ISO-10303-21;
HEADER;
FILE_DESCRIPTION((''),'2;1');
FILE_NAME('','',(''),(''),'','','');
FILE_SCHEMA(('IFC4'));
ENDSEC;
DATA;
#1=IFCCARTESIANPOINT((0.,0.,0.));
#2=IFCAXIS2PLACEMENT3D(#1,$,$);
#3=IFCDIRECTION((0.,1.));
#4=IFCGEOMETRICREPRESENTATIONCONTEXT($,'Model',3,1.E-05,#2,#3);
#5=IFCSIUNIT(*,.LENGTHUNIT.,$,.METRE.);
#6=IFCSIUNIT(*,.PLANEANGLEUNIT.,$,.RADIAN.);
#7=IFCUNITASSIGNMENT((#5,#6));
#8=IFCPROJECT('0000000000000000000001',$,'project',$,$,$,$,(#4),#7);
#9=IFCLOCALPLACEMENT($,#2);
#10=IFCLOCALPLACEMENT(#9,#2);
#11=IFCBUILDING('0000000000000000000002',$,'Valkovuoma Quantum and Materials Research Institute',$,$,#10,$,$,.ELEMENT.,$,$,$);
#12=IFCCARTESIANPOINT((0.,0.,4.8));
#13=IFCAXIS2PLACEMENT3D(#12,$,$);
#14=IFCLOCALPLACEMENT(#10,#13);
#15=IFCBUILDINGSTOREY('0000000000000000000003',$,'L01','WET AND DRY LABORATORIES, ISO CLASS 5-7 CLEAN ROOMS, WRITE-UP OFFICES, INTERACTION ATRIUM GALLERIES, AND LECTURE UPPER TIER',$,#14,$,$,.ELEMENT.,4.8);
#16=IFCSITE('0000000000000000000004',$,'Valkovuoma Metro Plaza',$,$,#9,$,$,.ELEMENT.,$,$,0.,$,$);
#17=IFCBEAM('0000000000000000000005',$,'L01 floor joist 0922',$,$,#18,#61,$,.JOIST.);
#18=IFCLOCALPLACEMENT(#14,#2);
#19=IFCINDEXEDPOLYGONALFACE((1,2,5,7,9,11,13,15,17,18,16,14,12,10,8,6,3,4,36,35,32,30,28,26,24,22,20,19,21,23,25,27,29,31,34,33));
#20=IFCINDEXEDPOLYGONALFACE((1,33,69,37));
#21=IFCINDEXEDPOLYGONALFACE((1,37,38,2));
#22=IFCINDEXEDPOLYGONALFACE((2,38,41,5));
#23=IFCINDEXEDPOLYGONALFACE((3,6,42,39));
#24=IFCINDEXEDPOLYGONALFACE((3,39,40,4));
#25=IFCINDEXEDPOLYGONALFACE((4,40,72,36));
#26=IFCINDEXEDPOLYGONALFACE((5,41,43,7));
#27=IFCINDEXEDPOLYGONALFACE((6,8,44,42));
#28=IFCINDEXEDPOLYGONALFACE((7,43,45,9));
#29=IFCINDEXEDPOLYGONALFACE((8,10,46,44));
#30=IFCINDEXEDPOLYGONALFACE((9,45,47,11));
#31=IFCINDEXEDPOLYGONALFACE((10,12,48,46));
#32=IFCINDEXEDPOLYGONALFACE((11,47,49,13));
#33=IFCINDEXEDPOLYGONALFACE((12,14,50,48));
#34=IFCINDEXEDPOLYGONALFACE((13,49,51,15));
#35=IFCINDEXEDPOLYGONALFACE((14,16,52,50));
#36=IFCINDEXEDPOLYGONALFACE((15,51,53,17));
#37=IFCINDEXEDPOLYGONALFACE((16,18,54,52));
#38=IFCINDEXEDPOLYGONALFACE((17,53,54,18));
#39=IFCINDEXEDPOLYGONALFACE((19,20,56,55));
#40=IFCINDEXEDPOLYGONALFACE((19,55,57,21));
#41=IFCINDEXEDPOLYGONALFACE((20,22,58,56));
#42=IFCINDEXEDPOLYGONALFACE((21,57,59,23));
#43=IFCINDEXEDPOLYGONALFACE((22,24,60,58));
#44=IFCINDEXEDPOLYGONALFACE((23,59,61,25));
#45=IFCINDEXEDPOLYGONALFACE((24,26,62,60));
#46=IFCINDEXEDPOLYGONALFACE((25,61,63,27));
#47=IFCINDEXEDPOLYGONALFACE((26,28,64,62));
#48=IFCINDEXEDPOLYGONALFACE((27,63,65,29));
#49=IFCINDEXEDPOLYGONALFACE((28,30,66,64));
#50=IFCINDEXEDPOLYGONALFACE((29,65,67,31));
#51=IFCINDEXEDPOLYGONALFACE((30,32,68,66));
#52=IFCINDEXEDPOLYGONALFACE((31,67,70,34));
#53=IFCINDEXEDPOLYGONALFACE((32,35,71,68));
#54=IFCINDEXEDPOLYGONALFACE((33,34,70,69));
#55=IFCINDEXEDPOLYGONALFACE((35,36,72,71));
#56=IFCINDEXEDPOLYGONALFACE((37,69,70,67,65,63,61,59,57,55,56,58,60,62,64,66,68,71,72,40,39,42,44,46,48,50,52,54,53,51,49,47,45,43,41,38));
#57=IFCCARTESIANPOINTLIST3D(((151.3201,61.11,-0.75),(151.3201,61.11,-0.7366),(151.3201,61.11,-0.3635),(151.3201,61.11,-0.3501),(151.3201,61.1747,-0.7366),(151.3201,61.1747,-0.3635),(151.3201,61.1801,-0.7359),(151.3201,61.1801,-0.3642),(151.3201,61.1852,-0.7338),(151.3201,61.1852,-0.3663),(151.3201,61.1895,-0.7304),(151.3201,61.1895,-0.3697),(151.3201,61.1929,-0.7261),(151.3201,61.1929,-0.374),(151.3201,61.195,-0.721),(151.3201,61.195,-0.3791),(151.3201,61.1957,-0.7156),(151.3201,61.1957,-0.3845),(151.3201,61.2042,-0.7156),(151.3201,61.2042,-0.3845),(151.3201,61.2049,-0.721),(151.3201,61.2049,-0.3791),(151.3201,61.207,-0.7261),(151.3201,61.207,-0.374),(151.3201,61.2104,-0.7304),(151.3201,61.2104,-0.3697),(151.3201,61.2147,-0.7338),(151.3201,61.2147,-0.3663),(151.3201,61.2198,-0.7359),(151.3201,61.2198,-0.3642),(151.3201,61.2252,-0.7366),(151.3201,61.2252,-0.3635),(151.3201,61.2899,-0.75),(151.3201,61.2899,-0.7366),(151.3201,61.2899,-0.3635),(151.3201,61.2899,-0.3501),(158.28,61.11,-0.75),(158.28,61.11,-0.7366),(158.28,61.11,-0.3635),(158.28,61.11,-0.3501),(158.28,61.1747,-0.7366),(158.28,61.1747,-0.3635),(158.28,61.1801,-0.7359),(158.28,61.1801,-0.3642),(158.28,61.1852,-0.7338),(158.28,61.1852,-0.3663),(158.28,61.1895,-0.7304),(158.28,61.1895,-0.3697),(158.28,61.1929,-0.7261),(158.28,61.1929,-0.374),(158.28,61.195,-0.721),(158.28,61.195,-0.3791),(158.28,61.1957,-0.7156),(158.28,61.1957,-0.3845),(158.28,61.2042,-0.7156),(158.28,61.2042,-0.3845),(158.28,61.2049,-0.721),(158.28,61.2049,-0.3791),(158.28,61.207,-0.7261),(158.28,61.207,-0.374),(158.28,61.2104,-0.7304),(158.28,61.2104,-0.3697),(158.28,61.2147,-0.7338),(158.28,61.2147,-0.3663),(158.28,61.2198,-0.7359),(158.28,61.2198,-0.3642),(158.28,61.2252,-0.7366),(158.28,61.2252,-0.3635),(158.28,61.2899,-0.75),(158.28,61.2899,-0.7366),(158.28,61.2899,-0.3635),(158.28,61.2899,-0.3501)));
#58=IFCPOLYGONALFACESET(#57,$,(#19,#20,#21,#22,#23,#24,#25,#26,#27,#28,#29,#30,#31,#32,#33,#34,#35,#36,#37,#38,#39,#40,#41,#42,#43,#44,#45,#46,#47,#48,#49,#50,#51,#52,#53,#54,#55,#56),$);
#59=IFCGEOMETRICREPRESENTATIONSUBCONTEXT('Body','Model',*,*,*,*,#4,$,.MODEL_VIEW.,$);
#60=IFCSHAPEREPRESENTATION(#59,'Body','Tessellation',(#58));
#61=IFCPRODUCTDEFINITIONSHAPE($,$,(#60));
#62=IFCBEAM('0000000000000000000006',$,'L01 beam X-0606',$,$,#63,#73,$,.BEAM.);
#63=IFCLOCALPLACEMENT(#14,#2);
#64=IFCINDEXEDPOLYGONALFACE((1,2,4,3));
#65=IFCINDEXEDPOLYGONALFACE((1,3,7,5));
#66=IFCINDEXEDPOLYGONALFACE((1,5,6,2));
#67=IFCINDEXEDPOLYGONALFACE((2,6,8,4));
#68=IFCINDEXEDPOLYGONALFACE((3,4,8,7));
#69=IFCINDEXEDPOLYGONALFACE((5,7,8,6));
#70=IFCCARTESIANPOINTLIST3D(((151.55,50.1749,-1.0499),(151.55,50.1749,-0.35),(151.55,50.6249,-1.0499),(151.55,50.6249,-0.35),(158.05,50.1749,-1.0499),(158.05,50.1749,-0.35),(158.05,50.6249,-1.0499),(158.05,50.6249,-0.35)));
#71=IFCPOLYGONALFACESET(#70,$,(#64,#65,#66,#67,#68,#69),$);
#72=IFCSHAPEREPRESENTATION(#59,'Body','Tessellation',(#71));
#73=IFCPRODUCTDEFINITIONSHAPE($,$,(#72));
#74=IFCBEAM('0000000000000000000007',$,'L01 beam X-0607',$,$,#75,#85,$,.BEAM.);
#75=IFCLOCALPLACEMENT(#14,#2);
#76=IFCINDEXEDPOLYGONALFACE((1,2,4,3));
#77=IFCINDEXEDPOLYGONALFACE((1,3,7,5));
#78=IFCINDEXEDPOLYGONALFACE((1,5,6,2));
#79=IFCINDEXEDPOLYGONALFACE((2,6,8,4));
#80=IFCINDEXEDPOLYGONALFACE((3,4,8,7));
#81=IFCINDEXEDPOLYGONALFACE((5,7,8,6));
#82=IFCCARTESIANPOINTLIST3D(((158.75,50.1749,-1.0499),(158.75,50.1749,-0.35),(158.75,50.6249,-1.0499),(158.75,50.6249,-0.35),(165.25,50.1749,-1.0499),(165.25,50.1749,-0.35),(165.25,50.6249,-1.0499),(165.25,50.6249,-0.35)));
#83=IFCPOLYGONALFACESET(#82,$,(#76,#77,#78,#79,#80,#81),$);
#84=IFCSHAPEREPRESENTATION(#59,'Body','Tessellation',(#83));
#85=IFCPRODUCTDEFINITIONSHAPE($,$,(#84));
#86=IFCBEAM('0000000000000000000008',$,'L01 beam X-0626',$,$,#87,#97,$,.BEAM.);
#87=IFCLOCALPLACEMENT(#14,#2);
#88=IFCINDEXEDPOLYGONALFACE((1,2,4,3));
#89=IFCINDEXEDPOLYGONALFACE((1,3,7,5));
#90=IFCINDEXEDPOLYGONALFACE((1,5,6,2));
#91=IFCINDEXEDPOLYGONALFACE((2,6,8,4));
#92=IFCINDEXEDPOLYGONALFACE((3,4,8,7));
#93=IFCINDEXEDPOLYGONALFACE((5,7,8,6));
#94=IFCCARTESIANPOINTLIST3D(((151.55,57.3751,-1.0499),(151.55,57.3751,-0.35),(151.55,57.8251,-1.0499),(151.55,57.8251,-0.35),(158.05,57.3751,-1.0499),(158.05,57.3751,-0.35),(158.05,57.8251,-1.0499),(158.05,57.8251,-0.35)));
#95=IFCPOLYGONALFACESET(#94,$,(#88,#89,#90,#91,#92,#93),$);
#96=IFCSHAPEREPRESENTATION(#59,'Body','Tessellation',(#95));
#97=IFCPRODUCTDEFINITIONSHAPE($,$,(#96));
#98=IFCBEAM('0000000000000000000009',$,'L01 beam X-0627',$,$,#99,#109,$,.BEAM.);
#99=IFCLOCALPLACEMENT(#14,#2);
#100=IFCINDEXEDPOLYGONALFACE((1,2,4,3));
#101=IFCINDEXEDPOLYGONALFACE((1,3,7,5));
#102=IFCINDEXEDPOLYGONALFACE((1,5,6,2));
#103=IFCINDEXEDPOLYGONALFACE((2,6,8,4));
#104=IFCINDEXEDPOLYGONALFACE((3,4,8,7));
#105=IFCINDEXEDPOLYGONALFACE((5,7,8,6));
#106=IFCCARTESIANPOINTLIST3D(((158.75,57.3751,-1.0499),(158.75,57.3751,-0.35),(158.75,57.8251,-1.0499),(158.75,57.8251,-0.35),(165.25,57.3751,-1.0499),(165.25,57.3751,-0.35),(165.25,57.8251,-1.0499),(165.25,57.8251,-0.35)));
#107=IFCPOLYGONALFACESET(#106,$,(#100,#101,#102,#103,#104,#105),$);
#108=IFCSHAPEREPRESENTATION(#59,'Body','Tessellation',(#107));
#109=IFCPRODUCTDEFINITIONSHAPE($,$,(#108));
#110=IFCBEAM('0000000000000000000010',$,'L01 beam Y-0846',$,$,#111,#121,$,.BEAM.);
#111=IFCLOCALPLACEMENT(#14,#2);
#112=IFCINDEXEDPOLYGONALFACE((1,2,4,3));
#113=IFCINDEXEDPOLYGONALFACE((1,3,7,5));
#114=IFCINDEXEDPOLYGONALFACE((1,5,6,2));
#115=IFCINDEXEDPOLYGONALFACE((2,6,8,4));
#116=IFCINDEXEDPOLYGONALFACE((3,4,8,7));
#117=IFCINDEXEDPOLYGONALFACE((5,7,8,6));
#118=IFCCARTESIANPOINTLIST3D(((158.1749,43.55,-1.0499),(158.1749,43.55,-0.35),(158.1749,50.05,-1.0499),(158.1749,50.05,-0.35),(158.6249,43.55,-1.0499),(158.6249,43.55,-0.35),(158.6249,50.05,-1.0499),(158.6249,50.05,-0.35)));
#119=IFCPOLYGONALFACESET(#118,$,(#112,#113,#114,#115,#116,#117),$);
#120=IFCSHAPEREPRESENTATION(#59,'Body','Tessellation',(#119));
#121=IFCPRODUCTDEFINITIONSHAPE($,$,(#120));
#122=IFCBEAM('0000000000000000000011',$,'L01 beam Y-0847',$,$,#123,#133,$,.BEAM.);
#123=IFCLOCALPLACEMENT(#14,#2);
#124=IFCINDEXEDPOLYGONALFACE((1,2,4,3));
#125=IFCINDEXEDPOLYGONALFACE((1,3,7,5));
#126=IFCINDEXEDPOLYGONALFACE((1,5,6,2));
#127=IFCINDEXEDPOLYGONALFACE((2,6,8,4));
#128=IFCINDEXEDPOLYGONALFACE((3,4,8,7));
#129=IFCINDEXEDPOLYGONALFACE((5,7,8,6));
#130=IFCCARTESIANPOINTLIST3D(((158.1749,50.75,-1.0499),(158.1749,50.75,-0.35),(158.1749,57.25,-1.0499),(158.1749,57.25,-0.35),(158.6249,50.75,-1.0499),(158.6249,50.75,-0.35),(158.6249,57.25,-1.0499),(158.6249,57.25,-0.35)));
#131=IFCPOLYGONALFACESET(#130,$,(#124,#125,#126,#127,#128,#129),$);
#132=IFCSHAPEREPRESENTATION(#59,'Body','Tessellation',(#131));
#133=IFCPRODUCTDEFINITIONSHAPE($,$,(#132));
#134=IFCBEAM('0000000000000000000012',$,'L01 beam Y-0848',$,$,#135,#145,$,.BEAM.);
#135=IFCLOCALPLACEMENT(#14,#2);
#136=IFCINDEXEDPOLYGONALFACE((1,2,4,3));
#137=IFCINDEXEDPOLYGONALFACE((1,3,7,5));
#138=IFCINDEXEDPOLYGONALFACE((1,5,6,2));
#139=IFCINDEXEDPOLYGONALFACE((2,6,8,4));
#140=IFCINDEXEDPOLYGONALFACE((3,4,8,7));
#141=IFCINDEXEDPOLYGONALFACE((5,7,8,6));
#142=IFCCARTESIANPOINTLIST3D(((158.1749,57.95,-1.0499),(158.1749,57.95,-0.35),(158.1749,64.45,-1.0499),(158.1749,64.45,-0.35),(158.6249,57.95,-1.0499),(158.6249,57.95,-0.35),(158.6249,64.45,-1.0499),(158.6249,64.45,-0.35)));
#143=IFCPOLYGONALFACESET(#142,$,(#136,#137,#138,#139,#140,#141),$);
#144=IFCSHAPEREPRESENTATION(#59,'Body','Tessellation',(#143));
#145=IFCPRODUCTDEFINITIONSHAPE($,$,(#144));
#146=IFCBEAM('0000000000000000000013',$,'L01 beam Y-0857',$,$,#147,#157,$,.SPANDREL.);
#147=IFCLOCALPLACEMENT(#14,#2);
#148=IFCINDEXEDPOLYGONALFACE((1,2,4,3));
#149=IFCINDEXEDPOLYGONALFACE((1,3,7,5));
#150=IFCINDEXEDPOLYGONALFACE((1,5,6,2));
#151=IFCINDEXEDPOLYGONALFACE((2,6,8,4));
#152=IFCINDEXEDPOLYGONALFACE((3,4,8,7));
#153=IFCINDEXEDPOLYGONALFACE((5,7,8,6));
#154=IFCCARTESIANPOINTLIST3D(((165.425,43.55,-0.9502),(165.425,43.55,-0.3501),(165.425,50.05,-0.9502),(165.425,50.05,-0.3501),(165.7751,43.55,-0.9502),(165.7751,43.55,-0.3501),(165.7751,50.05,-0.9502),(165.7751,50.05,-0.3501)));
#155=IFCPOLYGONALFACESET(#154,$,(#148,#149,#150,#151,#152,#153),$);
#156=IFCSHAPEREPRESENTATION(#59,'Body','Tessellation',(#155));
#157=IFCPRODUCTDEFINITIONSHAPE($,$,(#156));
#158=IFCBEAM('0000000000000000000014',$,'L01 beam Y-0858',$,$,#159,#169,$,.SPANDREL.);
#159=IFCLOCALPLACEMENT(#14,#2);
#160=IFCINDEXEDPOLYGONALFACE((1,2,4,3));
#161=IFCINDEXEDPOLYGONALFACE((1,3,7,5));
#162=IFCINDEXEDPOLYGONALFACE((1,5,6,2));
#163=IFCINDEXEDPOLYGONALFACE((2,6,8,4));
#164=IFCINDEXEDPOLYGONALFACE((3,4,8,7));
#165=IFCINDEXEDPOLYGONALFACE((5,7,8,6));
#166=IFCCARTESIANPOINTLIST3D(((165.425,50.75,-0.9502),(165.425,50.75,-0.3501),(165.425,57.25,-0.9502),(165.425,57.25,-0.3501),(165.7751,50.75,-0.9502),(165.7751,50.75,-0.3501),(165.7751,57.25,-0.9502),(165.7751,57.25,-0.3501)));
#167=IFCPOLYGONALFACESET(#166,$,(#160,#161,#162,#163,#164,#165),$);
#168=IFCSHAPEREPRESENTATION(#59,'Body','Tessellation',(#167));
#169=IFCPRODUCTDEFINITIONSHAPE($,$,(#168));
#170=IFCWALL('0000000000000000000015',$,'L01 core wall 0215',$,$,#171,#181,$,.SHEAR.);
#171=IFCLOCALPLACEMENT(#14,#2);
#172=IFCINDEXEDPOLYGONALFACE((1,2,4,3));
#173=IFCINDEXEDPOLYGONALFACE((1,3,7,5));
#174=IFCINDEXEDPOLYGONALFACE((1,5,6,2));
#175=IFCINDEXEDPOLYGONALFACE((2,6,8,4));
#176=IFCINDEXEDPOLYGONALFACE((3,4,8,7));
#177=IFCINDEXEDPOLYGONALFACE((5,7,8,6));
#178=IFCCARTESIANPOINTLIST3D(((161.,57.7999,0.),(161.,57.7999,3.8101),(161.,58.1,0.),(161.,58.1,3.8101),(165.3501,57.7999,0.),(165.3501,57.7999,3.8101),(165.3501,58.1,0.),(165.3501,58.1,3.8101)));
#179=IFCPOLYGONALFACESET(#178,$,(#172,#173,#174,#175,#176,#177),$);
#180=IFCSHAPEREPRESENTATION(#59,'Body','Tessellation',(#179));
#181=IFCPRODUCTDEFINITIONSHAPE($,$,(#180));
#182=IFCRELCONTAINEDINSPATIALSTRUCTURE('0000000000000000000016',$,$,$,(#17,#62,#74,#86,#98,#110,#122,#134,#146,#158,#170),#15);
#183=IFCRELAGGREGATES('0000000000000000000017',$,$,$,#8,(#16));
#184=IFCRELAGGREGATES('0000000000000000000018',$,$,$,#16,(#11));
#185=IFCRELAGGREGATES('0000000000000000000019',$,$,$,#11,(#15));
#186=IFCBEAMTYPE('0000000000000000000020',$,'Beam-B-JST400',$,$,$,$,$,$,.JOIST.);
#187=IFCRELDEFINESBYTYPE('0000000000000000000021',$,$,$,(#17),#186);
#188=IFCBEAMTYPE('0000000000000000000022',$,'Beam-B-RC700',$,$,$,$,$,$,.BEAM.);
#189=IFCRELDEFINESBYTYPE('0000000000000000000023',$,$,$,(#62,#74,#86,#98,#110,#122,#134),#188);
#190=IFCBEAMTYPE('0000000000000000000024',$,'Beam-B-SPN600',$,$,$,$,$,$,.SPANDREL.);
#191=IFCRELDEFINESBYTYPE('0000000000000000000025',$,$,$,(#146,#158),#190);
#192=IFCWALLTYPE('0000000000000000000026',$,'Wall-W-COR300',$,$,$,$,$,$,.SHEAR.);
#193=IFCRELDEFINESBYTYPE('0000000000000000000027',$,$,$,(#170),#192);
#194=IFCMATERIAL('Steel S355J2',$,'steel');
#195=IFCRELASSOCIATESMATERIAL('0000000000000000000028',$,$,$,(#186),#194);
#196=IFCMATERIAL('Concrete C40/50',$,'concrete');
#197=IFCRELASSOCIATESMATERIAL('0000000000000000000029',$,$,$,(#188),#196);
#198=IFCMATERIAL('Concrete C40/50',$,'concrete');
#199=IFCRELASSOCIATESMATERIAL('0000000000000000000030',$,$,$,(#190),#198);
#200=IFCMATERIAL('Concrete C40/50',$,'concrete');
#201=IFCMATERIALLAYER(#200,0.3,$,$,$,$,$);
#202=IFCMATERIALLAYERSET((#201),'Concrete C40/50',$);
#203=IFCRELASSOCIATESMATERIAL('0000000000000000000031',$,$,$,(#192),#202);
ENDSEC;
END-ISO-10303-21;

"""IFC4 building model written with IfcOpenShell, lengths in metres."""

from ifc_helpers import new_model, si_unit, direction, frame, frame_2d, origin, origin_2d, place, context, subcontext, project, spatial, rectangle, i_section, extrude, material, layer, layer_set, material_profile, profile_set, type_object, element, save


model = new_model("IFC4")

# Units and contexts
model_context = context("Model", 3, precision=1e-05, world=origin(), true_north=direction((0.0, 1.0)))
body_context = subcontext(model_context, "Body", "Model", "MODEL_VIEW")
ifc_project = project(units=[si_unit("LENGTHUNIT", "METRE"), si_unit("PLANEANGLEUNIT", "RADIAN")], contexts=[model_context])

# Site, building, storey
site_placement = place(None, origin())
site = spatial("IfcSite", under=ifc_project, at=site_placement, Name="Valkovuoma Metro Plaza", CompositionType="ELEMENT", RefElevation=0.0)
building_placement = place(site_placement, origin())
building = spatial("IfcBuilding", under=site, at=building_placement, Name="Valkovuoma Quantum and Materials Research Institute", CompositionType="ELEMENT")
storey_placement = place(building_placement, frame((0.0, 0.0, 4.8)))
storey = spatial("IfcBuildingStorey", under=building, at=storey_placement, Name="L01", Description="WET AND DRY LABORATORIES, ISO CLASS 5-7 CLEAN ROOMS, WRITE-UP OFFICES, INTERACTION ATRIUM GALLERIES, AND LECTURE UPPER TIER", CompositionType="ELEMENT", Elevation=4.8)

# Beams
ifc_material_1 = material(Name="Steel S355J2", Category="steel")
ifc_material_profile_1 = material_profile(ifc_material_1, i_section(OverallWidth=0.1799, OverallDepth=0.3999, WebThickness=0.0085, FlangeThickness=0.0134, FilletRadius=0.021, at=origin_2d()), Name="Steel S355J2")
ifc_profile_set_1 = profile_set([ifc_material_profile_1], Name="Steel S355J2")
beam_type_1 = type_object("IfcBeamType", Name="Beam-B-JST400", PredefinedType="JOIST", material=ifc_profile_set_1)
for number, where, z_axis, x_axis, name in (
    (1, (151.3201, 61.2, -0.55), (1.0, 0.0, 0.0), (0.0, 1.0, 0.0), "L01 floor joist 0922"),
):
    element("IfcBeam", number, at=place(storey_placement, frame(where, z_axis=z_axis, x_axis=x_axis)), inside=storey, type_object=beam_type_1, Name=name, PredefinedType="JOIST", context=body_context, shape_type="SweptSolid", body=[
        extrude(i_section(OverallWidth=0.1799, OverallDepth=0.3999, WebThickness=0.0085, FlangeThickness=0.0134, FilletRadius=0.021, at=origin_2d()), origin(), (0.0, 0.0, 1.0), 6.96),
    ])
ifc_material_2 = material(Name="Concrete C40/50", Category="concrete")
ifc_material_profile_2 = material_profile(ifc_material_2, rectangle(XDim=0.45, YDim=0.7, at=origin_2d()), Name="Concrete C40/50")
ifc_profile_set_2 = profile_set([ifc_material_profile_2], Name="Concrete C40/50")
beam_type_2 = type_object("IfcBeamType", Name="Beam-B-RC700", PredefinedType="BEAM", material=ifc_profile_set_2)
for number, where, z_axis, x_axis, name in (
    (2, (151.55, 50.3999, -0.7), (1.0, 0.0, 0.0), (0.0, 1.0, 0.0), "L01 beam X-0606"),
    (3, (158.75, 50.3999, -0.7), (1.0, 0.0, 0.0), (0.0, 1.0, 0.0), "L01 beam X-0607"),
    (4, (151.55, 57.6001, -0.7), (1.0, 0.0, 0.0), (0.0, 1.0, 0.0), "L01 beam X-0626"),
    (5, (158.75, 57.6001, -0.7), (1.0, 0.0, 0.0), (0.0, 1.0, 0.0), "L01 beam X-0627"),
    (6, (158.3999, 43.55, -0.7), (0.0, 1.0, 0.0), (-1.0, 0.0, 0.0), "L01 beam Y-0846"),
    (7, (158.3999, 50.75, -0.7), (0.0, 1.0, 0.0), (-1.0, 0.0, 0.0), "L01 beam Y-0847"),
    (8, (158.3999, 57.95, -0.7), (0.0, 1.0, 0.0), (-1.0, 0.0, 0.0), "L01 beam Y-0848"),
):
    element("IfcBeam", number, at=place(storey_placement, frame(where, z_axis=z_axis, x_axis=x_axis)), inside=storey, type_object=beam_type_2, Name=name, PredefinedType="BEAM", context=body_context, shape_type="SweptSolid", body=[
        extrude(rectangle(XDim=0.45, YDim=0.7, at=origin_2d()), origin(), (0.0, 0.0, 1.0), 6.5),
    ])
ifc_material_3 = material(Name="Concrete C40/50", Category="concrete")
ifc_material_profile_3 = material_profile(ifc_material_3, rectangle(XDim=0.3501, YDim=0.6001, at=origin_2d()), Name="Concrete C40/50")
ifc_profile_set_3 = profile_set([ifc_material_profile_3], Name="Concrete C40/50")
beam_type_3 = type_object("IfcBeamType", Name="Beam-B-SPN600", PredefinedType="SPANDREL", material=ifc_profile_set_3)
for number, where, z_axis, x_axis, name in (
    (9, (165.6001, 43.55, -0.6501), (0.0, 1.0, 0.0), (-1.0, 0.0, 0.0), "L01 beam Y-0857"),
    (10, (165.6001, 50.75, -0.6501), (0.0, 1.0, 0.0), (-1.0, 0.0, 0.0), "L01 beam Y-0858"),
):
    element("IfcBeam", number, at=place(storey_placement, frame(where, z_axis=z_axis, x_axis=x_axis)), inside=storey, type_object=beam_type_3, Name=name, PredefinedType="SPANDREL", context=body_context, shape_type="SweptSolid", body=[
        extrude(rectangle(XDim=0.3501, YDim=0.6001, at=origin_2d()), origin(), (0.0, 0.0, 1.0), 6.5),
    ])

# Wall
ifc_material_4 = material(Name="Concrete C40/50", Category="concrete")
ifc_layer_1 = layer(ifc_material_4, 0.3)
ifc_layer_set_1 = layer_set([ifc_layer_1], Name="Concrete C40/50")
wall_type_1 = type_object("IfcWallType", Name="Wall-W-COR300", PredefinedType="SHEAR", material=ifc_layer_set_1)
wall_1_placement = place(storey_placement, frame((161.0, 57.95, 0.0), z_axis=(0.0, 0.0, 1.0), x_axis=(1.0, 0.0, 0.0)))
element("IfcWall", 11, at=wall_1_placement, inside=storey, type_object=wall_type_1, Name="L01 core wall 0215", PredefinedType="SHEAR", context=body_context, shape_type="SweptSolid", body=[
    extrude(rectangle(XDim=4.3501, YDim=0.3, at=frame_2d((2.175, 0.0))), origin(), (0.0, 0.0, 1.0), 3.8101),
])

save(model, "model.ifc")
